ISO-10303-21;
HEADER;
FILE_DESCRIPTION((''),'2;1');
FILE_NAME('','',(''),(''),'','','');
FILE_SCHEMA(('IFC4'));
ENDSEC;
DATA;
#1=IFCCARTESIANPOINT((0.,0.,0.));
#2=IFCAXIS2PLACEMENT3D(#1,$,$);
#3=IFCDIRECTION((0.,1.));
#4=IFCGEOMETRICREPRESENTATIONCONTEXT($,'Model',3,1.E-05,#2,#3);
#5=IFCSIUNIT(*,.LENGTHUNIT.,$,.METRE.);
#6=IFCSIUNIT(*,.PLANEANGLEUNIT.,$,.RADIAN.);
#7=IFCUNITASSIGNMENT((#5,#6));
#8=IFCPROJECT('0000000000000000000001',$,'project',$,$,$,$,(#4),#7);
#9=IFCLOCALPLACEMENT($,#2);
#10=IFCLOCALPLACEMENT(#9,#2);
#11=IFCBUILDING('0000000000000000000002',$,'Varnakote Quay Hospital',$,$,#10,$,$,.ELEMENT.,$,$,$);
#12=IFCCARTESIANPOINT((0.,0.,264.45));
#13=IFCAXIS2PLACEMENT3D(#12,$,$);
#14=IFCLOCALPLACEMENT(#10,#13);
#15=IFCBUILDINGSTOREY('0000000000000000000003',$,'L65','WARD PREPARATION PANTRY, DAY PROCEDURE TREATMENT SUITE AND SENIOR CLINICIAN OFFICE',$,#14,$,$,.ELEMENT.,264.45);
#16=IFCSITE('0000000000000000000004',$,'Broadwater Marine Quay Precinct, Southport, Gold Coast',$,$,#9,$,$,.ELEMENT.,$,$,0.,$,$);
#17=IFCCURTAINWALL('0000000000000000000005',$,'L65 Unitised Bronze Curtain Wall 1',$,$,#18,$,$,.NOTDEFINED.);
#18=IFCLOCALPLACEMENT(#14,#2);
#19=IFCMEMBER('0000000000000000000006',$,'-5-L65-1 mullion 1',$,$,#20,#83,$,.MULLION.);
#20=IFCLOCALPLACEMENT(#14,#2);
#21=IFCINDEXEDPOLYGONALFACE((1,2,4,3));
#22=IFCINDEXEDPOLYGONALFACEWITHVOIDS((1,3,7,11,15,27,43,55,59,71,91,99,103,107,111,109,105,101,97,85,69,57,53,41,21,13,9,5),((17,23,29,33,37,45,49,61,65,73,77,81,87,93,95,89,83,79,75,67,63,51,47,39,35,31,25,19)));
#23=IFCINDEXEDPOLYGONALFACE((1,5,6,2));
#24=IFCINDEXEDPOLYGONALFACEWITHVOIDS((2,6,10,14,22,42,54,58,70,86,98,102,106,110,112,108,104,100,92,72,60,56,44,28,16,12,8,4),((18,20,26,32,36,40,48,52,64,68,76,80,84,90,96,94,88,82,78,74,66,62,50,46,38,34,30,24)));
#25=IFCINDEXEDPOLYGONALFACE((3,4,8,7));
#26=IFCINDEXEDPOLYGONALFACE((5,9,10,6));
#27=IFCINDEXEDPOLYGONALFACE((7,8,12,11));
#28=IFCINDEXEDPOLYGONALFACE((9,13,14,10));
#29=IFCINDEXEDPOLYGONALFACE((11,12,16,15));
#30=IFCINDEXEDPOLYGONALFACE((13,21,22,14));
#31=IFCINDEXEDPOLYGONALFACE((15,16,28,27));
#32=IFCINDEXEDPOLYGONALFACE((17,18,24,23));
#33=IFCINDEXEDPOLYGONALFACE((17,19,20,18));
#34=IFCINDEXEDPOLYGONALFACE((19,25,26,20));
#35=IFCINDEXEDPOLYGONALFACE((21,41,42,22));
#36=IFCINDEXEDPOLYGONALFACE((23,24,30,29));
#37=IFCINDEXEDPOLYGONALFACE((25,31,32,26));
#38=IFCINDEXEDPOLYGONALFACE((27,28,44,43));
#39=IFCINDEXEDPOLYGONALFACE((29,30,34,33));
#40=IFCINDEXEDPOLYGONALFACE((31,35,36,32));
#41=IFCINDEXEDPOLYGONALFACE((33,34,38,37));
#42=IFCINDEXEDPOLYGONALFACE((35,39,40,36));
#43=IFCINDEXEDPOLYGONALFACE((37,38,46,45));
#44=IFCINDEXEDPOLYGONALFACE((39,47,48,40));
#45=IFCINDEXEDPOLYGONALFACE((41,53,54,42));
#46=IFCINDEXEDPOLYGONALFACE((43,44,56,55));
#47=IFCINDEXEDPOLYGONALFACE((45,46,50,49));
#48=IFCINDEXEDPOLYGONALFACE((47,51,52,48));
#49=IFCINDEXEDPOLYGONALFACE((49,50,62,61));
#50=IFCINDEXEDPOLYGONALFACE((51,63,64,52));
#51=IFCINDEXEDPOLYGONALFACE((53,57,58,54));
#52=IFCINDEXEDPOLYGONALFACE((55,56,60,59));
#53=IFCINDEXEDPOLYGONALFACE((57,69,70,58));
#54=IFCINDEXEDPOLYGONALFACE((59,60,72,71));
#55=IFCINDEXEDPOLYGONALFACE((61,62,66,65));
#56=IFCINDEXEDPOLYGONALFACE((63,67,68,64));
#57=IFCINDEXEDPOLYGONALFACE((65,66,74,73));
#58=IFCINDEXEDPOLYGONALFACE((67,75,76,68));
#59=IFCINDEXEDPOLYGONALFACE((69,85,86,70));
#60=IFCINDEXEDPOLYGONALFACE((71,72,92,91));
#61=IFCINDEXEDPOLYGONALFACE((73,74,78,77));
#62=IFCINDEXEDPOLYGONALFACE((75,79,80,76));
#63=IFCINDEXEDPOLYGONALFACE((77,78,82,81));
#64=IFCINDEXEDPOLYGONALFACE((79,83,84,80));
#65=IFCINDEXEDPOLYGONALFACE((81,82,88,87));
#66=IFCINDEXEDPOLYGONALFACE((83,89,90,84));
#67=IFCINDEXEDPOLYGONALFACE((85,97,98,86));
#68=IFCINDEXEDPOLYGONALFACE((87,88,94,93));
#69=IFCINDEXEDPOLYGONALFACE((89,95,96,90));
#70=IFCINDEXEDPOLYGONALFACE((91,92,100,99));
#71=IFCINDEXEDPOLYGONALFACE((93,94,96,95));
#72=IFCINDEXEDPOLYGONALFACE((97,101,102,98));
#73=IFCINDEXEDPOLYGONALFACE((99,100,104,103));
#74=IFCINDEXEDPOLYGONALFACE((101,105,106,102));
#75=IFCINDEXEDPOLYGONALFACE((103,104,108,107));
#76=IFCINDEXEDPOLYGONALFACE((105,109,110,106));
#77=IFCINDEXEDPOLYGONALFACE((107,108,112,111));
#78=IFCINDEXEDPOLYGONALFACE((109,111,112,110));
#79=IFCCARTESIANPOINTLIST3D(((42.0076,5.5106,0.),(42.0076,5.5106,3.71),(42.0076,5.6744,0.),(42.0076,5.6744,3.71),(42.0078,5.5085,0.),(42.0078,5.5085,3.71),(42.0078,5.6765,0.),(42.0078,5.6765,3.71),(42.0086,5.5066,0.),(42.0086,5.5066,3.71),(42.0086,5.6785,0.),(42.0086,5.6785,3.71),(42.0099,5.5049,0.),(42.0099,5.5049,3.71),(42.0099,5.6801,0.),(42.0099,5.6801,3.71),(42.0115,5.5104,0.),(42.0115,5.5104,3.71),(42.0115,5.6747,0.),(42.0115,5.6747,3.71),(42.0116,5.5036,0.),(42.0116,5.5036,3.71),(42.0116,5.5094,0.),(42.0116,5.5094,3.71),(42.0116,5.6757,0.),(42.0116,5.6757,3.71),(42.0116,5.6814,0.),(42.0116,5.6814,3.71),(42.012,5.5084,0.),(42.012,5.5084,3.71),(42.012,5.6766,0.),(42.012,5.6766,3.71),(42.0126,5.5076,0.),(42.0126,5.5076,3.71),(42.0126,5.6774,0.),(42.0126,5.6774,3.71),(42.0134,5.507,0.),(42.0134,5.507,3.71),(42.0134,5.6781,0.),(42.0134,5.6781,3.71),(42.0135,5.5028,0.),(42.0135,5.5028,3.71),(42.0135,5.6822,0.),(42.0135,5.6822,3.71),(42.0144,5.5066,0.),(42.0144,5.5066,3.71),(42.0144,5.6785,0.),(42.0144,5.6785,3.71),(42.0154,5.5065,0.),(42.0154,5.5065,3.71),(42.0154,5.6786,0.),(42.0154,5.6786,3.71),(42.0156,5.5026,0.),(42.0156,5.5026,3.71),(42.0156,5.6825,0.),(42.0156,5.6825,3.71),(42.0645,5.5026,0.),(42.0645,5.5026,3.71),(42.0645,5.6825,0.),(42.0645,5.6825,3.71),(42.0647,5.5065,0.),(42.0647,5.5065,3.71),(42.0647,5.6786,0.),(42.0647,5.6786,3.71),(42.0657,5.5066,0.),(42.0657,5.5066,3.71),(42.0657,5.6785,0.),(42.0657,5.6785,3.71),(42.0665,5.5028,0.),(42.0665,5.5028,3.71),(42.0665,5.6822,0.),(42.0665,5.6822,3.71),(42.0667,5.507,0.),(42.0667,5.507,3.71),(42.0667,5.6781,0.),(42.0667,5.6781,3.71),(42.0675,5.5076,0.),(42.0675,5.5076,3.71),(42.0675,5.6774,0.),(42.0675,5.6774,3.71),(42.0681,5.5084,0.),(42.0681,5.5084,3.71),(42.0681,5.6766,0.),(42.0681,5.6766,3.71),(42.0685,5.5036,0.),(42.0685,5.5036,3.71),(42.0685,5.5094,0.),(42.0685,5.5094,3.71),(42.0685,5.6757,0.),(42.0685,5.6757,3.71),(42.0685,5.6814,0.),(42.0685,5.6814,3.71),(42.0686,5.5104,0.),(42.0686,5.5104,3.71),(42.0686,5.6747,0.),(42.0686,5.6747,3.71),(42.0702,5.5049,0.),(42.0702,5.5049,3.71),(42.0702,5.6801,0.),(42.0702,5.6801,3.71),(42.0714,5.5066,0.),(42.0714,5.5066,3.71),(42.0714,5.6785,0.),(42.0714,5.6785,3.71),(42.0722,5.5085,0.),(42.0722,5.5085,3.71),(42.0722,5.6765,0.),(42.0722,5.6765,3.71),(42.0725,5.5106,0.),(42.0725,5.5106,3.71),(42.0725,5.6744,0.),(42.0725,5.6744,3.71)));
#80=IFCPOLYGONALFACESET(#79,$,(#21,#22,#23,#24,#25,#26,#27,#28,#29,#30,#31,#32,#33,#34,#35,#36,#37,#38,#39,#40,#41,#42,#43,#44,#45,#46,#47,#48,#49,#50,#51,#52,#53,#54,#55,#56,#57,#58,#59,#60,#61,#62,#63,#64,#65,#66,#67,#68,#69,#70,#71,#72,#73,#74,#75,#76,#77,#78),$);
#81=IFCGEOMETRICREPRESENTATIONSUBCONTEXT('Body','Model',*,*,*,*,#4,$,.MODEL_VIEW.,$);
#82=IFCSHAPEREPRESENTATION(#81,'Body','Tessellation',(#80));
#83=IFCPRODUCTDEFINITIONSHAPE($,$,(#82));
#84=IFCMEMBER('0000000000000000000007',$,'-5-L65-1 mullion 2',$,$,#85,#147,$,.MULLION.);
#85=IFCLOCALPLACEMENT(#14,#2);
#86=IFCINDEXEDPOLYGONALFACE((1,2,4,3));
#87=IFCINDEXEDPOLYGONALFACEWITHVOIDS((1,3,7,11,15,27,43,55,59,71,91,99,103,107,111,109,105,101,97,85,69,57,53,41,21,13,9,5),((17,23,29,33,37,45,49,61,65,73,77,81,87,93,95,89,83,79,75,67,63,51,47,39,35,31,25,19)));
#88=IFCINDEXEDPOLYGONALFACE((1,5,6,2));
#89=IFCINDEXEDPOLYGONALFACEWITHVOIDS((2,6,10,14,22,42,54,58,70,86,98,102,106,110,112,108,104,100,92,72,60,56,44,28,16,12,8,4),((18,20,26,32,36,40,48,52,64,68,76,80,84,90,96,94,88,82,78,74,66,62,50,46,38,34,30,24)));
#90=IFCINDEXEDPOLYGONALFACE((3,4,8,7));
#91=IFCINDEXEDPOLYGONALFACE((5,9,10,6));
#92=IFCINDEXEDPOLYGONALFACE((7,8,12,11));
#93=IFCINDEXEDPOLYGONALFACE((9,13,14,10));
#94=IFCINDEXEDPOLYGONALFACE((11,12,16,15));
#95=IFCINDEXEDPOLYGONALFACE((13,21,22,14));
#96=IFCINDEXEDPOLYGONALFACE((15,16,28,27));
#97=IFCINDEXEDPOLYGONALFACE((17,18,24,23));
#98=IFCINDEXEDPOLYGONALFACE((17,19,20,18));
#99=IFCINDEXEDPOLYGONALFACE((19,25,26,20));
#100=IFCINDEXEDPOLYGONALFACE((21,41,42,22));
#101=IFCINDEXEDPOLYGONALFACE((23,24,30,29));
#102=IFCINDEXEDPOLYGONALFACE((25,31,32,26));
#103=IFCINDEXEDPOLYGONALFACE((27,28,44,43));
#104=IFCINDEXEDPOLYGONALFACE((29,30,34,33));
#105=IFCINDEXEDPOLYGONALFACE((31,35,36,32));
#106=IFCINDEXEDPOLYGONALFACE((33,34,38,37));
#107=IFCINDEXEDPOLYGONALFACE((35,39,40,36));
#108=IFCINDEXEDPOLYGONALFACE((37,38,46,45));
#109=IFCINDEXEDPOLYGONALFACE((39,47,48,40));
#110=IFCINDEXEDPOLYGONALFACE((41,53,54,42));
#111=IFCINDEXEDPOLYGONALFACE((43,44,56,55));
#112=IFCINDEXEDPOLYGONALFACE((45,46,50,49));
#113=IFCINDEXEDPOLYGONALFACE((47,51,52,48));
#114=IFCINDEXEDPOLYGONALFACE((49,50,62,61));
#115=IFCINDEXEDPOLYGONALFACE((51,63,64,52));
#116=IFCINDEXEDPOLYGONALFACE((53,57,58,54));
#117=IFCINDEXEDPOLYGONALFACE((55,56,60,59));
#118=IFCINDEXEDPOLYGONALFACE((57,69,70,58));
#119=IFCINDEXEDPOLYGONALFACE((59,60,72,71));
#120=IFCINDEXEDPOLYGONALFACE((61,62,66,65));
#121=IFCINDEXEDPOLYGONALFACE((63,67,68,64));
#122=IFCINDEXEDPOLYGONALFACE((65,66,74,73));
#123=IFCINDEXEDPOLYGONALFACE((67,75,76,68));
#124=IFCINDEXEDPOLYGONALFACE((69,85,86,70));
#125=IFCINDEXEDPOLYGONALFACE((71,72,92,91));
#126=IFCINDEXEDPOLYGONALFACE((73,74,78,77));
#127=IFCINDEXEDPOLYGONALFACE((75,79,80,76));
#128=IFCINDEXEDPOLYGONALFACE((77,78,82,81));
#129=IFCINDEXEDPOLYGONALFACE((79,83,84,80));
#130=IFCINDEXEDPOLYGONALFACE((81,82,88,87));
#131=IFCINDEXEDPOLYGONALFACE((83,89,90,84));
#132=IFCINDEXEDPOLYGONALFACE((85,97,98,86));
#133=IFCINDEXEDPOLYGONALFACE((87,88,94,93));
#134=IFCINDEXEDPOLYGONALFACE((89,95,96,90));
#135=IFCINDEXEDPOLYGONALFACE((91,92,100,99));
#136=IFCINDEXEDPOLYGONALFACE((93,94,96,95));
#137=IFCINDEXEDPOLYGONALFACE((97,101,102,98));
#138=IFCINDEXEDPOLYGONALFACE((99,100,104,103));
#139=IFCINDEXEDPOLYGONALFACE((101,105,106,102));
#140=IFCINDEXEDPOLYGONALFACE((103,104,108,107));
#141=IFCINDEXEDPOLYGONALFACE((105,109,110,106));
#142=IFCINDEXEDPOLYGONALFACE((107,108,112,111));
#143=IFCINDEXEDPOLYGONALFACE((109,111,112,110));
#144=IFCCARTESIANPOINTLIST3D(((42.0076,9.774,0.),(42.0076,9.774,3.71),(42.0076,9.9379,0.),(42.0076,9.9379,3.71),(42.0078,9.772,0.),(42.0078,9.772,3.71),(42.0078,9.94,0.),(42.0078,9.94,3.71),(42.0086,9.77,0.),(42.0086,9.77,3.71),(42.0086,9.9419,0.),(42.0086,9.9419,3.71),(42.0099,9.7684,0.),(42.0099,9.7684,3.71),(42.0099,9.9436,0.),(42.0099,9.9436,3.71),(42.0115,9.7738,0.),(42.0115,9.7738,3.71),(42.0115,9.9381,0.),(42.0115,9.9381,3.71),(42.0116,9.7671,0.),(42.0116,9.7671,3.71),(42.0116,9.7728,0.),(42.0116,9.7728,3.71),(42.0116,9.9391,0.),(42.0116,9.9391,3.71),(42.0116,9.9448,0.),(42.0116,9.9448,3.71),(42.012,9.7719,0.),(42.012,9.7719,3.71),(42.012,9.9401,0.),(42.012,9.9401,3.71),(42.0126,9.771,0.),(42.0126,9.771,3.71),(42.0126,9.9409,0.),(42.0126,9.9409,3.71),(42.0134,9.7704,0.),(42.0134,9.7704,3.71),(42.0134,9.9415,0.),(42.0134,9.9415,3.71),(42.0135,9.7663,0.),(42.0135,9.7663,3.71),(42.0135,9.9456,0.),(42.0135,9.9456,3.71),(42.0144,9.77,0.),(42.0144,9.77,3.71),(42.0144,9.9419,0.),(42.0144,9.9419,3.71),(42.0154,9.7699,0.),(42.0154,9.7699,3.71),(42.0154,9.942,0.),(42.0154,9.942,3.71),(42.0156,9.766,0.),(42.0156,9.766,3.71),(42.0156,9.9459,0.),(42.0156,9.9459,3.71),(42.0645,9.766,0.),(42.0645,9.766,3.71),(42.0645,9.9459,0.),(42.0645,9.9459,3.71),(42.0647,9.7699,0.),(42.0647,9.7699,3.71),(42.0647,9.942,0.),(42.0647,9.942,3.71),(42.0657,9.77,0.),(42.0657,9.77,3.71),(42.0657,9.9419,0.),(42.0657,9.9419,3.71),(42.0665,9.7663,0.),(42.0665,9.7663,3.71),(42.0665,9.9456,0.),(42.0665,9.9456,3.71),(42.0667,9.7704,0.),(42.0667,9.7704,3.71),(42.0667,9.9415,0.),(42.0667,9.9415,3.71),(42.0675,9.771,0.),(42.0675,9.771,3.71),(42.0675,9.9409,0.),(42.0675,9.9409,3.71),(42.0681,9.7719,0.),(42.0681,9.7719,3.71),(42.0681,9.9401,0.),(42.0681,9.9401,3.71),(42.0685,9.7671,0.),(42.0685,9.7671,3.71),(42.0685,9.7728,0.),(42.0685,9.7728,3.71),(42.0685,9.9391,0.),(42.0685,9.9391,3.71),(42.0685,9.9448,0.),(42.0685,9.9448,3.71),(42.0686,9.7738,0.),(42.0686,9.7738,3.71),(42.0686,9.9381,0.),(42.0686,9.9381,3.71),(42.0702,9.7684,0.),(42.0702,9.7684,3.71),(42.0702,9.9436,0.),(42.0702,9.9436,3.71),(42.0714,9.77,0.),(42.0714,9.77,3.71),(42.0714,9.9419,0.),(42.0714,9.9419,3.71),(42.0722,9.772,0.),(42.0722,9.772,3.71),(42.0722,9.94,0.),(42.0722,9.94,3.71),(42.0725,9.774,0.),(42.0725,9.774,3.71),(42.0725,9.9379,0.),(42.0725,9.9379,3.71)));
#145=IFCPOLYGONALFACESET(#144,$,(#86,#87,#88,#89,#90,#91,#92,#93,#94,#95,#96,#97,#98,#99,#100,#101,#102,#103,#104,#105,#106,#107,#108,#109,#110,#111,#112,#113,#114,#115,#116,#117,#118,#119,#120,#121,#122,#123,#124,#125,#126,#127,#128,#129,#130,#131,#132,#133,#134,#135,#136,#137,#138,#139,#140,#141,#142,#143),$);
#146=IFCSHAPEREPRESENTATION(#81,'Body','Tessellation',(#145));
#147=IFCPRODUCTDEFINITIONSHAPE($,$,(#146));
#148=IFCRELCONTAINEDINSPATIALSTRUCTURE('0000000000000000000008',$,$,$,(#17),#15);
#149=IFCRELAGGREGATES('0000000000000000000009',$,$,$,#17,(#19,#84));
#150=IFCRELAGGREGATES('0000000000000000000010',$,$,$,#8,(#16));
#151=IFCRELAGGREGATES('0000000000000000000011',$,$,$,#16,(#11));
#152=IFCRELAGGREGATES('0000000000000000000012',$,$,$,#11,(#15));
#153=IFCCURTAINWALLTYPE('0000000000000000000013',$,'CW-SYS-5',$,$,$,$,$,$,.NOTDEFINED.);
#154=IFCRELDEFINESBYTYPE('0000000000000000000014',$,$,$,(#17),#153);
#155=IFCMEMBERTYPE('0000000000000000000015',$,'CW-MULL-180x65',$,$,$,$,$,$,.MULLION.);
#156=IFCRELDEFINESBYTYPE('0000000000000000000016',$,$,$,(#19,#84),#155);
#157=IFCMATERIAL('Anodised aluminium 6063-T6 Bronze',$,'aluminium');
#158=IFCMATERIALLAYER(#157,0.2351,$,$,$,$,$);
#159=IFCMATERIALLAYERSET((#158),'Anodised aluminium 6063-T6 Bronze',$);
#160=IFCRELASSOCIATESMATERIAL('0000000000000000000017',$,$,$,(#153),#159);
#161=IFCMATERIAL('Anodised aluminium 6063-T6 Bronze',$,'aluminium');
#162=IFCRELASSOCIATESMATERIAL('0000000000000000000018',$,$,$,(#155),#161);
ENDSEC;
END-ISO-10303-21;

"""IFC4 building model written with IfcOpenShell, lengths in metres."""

from ifc_helpers import new_model, si_unit, direction, frame, origin, origin_2d, place, context, subcontext, project, spatial, hollow_rectangle, extrude, material, layer, layer_set, material_profile, profile_set, type_object, element, aggregate, save


model = new_model("IFC4")

# Units and contexts
model_context = context("Model", 3, precision=1e-05, world=origin(), true_north=direction((0.0, 1.0)))
body_context = subcontext(model_context, "Body", "Model", "MODEL_VIEW")
ifc_project = project(units=[si_unit("LENGTHUNIT", "METRE"), si_unit("PLANEANGLEUNIT", "RADIAN")], contexts=[model_context])

# Site, building, storey
site_placement = place(None, origin())
site = spatial("IfcSite", under=ifc_project, at=site_placement, Name="Broadwater Marine Quay Precinct, Southport, Gold Coast", CompositionType="ELEMENT", RefElevation=0.0)
building_placement = place(site_placement, origin())
building = spatial("IfcBuilding", under=site, at=building_placement, Name="Varnakote Quay Hospital", CompositionType="ELEMENT")
storey_placement = place(building_placement, frame((0.0, 0.0, 264.45)))
storey = spatial("IfcBuildingStorey", under=building, at=storey_placement, Name="L65", Description="WARD PREPARATION PANTRY, DAY PROCEDURE TREATMENT SUITE AND SENIOR CLINICIAN OFFICE", CompositionType="ELEMENT", Elevation=264.45)

# Curtain wall, members
ifc_material_1 = material(Name="Anodised aluminium 6063-T6 Bronze", Category="aluminium")
ifc_layer_1 = layer(ifc_material_1, 0.2351)
ifc_layer_set_1 = layer_set([ifc_layer_1], Name="Anodised aluminium 6063-T6 Bronze")
curtain_wall_type = type_object("IfcCurtainWallType", Name="CW-SYS-5", PredefinedType="NOTDEFINED", material=ifc_layer_set_1)
curtain_wall_placement = place(storey_placement, origin())
curtain_wall = element("IfcCurtainWall", 1, at=curtain_wall_placement, inside=storey, type_object=curtain_wall_type, Name="L65 Unitised Bronze Curtain Wall 1", PredefinedType="NOTDEFINED")
ifc_material_2 = material(Name="Anodised aluminium 6063-T6 Bronze", Category="aluminium")
ifc_material_profile_1 = material_profile(ifc_material_2, hollow_rectangle(XDim=0.0649, YDim=0.1799, WallThickness=0.0039, InnerFilletRadius=0.0039, OuterFilletRadius=0.0081, at=origin_2d()), Name="CW-MULL-180x65")
ifc_profile_set_1 = profile_set([ifc_material_profile_1], Name="Anodised aluminium 6063-T6 Bronze")
member_type_1 = type_object("IfcMemberType", Name="CW-MULL-180x65", PredefinedType="MULLION", material=ifc_profile_set_1)
member_1_placement = place(storey_placement, frame((42.04, 5.5925, 0.0), z_axis=(0.0, 0.0, 1.0), x_axis=(-1.0, 0.0, 0.0)))
member_1 = element("IfcMember", 2, at=member_1_placement, type_object=member_type_1, Name="-5-L65-1 mullion 1", PredefinedType="MULLION", context=body_context, shape_type="SweptSolid", body=[
    extrude(hollow_rectangle(XDim=0.0649, YDim=0.1799, WallThickness=0.0039, InnerFilletRadius=0.0039, OuterFilletRadius=0.0081, at=origin_2d()), origin(), (0.0, 0.0, 1.0), 3.71),
])
member_2_placement = place(storey_placement, frame((42.04, 9.856, 0.0), z_axis=(0.0, 0.0, 1.0), x_axis=(-1.0, 0.0, 0.0)))
member_2 = element("IfcMember", 3, at=member_2_placement, type_object=member_type_1, Name="-5-L65-1 mullion 2", PredefinedType="MULLION", context=body_context, shape_type="SweptSolid", body=[
    extrude(hollow_rectangle(XDim=0.0649, YDim=0.1799, WallThickness=0.0039, InnerFilletRadius=0.0039, OuterFilletRadius=0.0081, at=origin_2d()), origin(), (0.0, 0.0, 1.0), 3.71),
])
aggregate(curtain_wall, [member_1, member_2])

save(model, "model.ifc")
